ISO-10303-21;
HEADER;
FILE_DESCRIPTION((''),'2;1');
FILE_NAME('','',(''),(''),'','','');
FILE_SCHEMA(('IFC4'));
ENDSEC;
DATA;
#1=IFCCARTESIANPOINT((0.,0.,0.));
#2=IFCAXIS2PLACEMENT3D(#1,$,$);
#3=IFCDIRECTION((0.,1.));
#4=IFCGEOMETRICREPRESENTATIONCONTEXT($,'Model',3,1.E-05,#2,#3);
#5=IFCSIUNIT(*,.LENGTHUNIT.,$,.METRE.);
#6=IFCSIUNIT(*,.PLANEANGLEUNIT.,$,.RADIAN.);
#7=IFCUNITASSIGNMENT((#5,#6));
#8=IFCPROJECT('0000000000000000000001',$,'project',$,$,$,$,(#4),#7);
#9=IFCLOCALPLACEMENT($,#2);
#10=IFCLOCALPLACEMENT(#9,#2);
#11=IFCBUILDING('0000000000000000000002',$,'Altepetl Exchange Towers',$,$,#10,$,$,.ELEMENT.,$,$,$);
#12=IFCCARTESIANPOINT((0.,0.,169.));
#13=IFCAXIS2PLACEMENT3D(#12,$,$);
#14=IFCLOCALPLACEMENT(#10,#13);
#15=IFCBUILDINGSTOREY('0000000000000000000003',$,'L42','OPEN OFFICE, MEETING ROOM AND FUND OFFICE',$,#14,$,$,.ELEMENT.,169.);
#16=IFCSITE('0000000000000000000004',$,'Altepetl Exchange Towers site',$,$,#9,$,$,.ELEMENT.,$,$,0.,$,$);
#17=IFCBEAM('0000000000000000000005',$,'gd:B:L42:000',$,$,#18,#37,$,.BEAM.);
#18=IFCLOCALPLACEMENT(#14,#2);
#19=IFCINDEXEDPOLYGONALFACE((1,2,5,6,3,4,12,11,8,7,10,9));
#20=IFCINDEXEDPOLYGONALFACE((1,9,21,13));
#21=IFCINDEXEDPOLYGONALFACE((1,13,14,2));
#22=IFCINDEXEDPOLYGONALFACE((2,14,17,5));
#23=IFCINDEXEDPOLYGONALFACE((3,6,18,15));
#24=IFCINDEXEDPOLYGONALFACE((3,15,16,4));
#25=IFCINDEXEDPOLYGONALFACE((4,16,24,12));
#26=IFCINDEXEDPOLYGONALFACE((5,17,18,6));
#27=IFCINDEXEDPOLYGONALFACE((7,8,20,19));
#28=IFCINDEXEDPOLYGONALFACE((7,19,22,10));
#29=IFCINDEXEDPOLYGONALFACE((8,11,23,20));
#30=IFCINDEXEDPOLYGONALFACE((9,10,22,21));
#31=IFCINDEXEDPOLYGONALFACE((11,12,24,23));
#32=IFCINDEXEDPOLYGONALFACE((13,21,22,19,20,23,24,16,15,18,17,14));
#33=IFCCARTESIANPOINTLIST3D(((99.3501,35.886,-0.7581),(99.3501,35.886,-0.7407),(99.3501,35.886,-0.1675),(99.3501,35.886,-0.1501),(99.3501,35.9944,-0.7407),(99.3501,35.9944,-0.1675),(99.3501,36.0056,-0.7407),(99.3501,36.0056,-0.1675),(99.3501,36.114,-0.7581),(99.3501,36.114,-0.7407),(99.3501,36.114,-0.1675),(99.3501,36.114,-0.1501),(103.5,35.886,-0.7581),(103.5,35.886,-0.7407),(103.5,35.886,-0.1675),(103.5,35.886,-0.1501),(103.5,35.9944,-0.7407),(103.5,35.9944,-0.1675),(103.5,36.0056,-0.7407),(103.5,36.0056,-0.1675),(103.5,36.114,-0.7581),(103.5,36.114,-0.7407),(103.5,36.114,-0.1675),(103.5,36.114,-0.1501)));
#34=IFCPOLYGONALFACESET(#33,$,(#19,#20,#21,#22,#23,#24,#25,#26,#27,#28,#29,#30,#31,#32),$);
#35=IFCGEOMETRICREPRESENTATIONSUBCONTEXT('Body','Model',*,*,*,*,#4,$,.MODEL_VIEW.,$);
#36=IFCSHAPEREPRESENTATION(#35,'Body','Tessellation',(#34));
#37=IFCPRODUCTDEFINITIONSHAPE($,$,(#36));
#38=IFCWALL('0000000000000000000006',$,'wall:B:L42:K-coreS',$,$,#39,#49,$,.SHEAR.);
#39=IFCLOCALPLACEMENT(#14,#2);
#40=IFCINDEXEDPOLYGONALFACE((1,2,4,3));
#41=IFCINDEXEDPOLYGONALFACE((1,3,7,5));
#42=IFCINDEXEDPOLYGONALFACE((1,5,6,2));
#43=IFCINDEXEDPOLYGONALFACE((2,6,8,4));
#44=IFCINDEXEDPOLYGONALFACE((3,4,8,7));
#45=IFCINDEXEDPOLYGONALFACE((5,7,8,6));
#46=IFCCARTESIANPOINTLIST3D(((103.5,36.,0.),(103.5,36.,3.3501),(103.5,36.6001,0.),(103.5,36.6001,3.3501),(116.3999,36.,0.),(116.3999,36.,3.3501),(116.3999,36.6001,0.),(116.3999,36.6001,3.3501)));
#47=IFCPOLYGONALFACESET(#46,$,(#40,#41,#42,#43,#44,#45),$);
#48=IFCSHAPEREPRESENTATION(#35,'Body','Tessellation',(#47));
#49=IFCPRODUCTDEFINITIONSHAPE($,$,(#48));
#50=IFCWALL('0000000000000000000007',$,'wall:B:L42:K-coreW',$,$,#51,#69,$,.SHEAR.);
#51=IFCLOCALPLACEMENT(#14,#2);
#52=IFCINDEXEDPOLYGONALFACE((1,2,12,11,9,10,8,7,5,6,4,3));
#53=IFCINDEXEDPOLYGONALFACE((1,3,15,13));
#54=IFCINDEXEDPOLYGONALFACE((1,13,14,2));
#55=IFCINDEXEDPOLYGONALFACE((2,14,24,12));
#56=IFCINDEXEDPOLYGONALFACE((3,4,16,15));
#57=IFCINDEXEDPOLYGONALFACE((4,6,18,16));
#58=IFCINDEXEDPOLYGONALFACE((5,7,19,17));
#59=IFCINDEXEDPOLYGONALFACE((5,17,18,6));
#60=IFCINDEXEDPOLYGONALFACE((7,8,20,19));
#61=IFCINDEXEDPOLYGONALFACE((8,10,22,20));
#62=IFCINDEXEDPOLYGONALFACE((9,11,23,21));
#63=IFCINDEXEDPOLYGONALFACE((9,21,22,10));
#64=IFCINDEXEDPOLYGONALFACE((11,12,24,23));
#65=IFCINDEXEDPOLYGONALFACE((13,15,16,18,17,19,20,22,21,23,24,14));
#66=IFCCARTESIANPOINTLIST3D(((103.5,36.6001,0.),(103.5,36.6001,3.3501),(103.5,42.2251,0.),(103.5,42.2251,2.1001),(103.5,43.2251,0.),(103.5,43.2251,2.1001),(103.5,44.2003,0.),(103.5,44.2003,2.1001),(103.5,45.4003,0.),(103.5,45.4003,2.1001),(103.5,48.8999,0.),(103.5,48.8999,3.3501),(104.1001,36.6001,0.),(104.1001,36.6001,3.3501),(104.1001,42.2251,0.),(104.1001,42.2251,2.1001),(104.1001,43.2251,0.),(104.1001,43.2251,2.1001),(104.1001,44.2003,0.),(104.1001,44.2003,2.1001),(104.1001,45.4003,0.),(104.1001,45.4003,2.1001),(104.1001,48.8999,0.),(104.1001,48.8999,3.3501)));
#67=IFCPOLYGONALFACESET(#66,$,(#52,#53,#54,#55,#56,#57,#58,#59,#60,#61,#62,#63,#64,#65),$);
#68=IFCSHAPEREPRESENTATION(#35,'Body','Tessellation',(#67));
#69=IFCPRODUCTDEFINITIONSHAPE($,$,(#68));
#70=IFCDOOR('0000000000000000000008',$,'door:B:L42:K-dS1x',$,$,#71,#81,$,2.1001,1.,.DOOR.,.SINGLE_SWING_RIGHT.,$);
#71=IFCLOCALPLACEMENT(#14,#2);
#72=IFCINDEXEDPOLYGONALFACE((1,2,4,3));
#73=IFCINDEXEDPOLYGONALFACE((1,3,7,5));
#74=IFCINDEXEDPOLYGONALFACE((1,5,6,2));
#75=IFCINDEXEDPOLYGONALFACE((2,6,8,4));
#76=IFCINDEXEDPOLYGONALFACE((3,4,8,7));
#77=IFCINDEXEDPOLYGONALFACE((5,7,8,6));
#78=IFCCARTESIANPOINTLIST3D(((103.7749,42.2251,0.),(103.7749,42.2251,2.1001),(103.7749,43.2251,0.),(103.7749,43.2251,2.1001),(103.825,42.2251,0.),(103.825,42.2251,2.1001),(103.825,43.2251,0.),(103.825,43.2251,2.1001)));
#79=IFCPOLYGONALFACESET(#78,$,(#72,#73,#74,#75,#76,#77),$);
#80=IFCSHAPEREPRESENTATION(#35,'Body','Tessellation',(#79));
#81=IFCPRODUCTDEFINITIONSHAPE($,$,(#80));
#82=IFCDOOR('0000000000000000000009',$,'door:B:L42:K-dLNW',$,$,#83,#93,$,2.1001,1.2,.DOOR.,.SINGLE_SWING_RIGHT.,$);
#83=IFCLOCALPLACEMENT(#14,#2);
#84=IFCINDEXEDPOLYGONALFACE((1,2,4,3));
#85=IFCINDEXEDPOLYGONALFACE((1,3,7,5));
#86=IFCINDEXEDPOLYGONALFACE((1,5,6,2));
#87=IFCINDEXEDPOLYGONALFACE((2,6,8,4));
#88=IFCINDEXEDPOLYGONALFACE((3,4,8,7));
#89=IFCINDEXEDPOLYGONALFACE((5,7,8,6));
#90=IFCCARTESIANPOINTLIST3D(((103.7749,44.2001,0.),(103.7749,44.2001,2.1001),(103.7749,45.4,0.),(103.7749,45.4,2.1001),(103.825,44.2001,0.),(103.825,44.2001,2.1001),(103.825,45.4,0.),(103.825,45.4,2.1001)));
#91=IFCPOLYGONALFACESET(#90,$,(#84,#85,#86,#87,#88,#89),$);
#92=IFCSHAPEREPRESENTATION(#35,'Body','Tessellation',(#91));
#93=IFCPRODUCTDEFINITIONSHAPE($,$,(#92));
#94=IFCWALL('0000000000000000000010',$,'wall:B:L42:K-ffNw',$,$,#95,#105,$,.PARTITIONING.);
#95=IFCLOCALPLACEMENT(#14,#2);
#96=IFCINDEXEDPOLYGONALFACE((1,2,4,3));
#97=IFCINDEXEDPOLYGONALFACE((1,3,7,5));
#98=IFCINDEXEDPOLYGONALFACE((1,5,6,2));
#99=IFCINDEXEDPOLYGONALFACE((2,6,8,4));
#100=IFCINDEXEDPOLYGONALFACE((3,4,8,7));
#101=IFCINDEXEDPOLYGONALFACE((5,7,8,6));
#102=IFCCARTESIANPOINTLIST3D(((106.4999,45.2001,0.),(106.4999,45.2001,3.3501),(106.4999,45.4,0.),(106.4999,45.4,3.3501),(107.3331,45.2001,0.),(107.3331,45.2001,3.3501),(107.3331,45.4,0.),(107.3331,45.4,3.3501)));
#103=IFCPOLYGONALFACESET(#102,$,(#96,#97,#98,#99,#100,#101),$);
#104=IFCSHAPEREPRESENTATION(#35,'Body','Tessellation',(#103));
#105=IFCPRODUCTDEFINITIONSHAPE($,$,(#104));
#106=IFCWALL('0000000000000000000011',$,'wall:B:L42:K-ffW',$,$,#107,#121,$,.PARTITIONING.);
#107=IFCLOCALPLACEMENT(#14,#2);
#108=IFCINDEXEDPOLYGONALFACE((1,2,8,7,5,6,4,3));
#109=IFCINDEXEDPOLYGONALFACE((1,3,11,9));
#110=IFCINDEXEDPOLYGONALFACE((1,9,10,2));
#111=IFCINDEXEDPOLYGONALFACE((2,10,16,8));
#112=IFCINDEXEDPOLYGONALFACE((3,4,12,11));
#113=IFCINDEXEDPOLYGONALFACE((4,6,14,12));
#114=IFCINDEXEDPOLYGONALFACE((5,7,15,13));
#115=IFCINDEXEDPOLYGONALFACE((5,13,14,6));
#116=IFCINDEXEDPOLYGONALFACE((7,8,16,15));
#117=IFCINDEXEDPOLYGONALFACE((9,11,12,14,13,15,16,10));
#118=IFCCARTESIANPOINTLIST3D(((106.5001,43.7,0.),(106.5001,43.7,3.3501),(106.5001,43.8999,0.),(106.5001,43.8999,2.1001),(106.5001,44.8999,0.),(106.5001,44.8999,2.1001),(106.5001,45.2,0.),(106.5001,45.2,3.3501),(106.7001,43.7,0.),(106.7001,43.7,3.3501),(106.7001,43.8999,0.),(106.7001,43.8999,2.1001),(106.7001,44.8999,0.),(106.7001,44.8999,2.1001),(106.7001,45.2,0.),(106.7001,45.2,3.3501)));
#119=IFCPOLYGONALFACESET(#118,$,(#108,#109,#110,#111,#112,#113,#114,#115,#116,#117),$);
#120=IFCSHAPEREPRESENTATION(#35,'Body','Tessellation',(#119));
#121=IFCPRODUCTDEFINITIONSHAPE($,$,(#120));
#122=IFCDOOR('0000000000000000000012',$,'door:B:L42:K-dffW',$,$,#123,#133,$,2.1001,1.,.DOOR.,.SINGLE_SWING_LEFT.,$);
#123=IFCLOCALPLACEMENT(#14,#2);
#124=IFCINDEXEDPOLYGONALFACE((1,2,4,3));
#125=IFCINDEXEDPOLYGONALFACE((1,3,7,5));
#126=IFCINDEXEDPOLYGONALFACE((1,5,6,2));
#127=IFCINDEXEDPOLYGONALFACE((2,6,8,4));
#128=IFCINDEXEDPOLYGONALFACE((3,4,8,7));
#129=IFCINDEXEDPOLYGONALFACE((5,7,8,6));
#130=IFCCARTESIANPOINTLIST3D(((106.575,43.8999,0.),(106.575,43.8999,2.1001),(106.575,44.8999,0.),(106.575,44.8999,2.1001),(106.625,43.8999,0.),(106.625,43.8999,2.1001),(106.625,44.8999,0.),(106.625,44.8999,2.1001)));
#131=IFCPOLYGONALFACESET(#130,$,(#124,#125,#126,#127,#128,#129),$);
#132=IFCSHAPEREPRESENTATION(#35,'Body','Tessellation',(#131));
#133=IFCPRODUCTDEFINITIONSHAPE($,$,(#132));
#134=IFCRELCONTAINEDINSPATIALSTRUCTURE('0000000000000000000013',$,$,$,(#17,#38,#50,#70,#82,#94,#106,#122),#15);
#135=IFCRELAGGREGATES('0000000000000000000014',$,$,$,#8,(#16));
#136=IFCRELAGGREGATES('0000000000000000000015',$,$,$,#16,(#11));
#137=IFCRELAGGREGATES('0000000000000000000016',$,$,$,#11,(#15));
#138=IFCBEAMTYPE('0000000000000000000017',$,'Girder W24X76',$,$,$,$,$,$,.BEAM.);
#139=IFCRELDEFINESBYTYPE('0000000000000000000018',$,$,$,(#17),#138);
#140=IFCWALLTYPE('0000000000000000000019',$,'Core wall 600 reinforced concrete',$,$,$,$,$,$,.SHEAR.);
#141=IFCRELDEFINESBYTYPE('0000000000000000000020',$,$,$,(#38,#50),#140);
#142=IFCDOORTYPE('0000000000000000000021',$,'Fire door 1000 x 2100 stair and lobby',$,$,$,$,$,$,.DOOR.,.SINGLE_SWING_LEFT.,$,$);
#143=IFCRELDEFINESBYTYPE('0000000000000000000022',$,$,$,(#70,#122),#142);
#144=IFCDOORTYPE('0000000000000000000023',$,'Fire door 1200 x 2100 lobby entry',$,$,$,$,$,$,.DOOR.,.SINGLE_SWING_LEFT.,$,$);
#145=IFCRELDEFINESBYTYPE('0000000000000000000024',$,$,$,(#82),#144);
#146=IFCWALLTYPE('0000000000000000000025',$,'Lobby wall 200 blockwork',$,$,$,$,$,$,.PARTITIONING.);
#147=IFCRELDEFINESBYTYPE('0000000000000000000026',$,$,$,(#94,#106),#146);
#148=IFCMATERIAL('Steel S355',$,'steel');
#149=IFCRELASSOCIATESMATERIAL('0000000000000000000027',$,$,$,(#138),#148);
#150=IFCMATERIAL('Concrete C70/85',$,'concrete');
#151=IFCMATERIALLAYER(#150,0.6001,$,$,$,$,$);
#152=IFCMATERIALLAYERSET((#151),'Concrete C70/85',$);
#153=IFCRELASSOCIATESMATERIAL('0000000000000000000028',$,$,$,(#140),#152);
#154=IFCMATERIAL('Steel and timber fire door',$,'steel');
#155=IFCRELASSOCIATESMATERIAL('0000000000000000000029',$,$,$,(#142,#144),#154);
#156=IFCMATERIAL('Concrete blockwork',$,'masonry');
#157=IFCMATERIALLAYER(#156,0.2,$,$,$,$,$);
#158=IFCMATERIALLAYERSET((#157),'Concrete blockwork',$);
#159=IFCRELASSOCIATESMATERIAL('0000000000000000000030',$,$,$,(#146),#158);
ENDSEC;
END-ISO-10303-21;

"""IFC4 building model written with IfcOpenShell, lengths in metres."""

from ifc_helpers import new_model, si_unit, direction, frame, frame_2d, origin, origin_2d, place, context, subcontext, project, spatial, rectangle, i_section, extrude, material, layer, layer_set, material_profile, profile_set, type_object, element, fill, save


model = new_model("IFC4")

# Units and contexts
model_context = context("Model", 3, precision=1e-05, world=origin(), true_north=direction((0.0, 1.0)))
body_context = subcontext(model_context, "Body", "Model", "MODEL_VIEW")
ifc_project = project(units=[si_unit("LENGTHUNIT", "METRE"), si_unit("PLANEANGLEUNIT", "RADIAN")], contexts=[model_context])

# Site, building, storey
site_placement = place(None, origin())
site = spatial("IfcSite", under=ifc_project, at=site_placement, Name="Altepetl Exchange Towers site", CompositionType="ELEMENT", RefElevation=0.0)
building_placement = place(site_placement, origin())
building = spatial("IfcBuilding", under=site, at=building_placement, Name="Altepetl Exchange Towers", CompositionType="ELEMENT")
storey_placement = place(building_placement, frame((0.0, 0.0, 169.0)))
storey = spatial("IfcBuildingStorey", under=building, at=storey_placement, Name="L42", Description="OPEN OFFICE, MEETING ROOM AND FUND OFFICE", CompositionType="ELEMENT", Elevation=169.0)

# Beam
ifc_material_1 = material(Name="Steel S355", Category="steel")
ifc_material_profile = material_profile(ifc_material_1, i_section(OverallWidth=0.228, OverallDepth=0.6079, WebThickness=0.0112, FlangeThickness=0.0173, at=origin_2d()), Name="W24X76")
ifc_profile_set = profile_set([ifc_material_profile], Name="Steel S355")
beam_type = type_object("IfcBeamType", Name="Girder W24X76", PredefinedType="BEAM", material=ifc_profile_set)
beam_placement = place(storey_placement, frame((103.5, 36.0, -0.4541), z_axis=(-1.0, 0.0, 0.0), x_axis=(0.0, -1.0, 0.0)))
element("IfcBeam", 1, at=beam_placement, inside=storey, type_object=beam_type, Name="gd:B:L42:000", PredefinedType="BEAM", context=body_context, shape_type="SweptSolid", body=[
    extrude(i_section(OverallWidth=0.228, OverallDepth=0.6079, WebThickness=0.0112, FlangeThickness=0.0173, at=origin_2d()), origin(), (0.0, 0.0, 1.0), 4.1499),
])

# Wall
ifc_material_2 = material(Name="Concrete C70/85", Category="concrete")
ifc_layer_1 = layer(ifc_material_2, 0.6001)
ifc_layer_set_1 = layer_set([ifc_layer_1], Name="Concrete C70/85")
wall_type_1 = type_object("IfcWallType", Name="Core wall 600 reinforced concrete", PredefinedType="SHEAR", material=ifc_layer_set_1)
wall_1_placement = place(storey_placement, frame((103.5, 36.3, 0.0)))
element("IfcWall", 2, at=wall_1_placement, inside=storey, type_object=wall_type_1, Name="wall:B:L42:K-coreS", PredefinedType="SHEAR", context=body_context, shape_type="SweptSolid", body=[
    extrude(rectangle(XDim=12.8999, YDim=0.6001, at=frame_2d((6.45, 0.0))), origin(), (0.0, 0.0, 1.0), 3.3501),
])

# Wall, openings, doors
wall_2_placement = place(storey_placement, frame((103.8, 36.6001, 0.0), z_axis=(0.0, 0.0, 1.0), x_axis=(0.0, 1.0, 0.0)))
wall_2 = element("IfcWall", 3, at=wall_2_placement, inside=storey, type_object=wall_type_1, Name="wall:B:L42:K-coreW", PredefinedType="SHEAR", context=body_context, shape_type="SweptSolid", body=[
    extrude(rectangle(XDim=12.2998, YDim=0.6001, at=frame_2d((6.1499, 0.0))), origin(), (0.0, 0.0, 1.0), 3.3501),
])
opening_1_placement = place(wall_2_placement, frame((7.6001, 0.0, 0.0)))
opening_1 = element("IfcOpeningElement", 4, at=opening_1_placement, cuts=wall_2, PredefinedType="OPENING", context=body_context, shape_type="SweptSolid", body=[
    extrude(rectangle(XDim=1.2, YDim=2.1001, at=frame_2d((0.6001, 1.05))), frame((0.0, 0.3101, 0.0), z_axis=(0.0, -1.0, 0.0), x_axis=(1.0, 0.0, 0.0)), (0.0, 0.0, 1.0), 0.6201),
])
opening_2_placement = place(wall_2_placement, frame((5.625, 0.0, 0.0)))
opening_2 = element("IfcOpeningElement", 5, at=opening_2_placement, cuts=wall_2, PredefinedType="OPENING", context=body_context, shape_type="SweptSolid", body=[
    extrude(rectangle(XDim=1.0, YDim=2.1001, at=frame_2d((0.5, 1.05))), frame((0.0, 0.3101, 0.0), z_axis=(0.0, -1.0, 0.0), x_axis=(1.0, 0.0, 0.0)), (0.0, 0.0, 1.0), 0.6201),
])
ifc_material_3 = material(Name="Steel and timber fire door", Category="steel")
door_type_1 = type_object("IfcDoorType", Name="Fire door 1000 x 2100 stair and lobby", OperationType="SINGLE_SWING_LEFT", PredefinedType="DOOR", material=ifc_material_3)
door_1_placement = place(opening_2_placement, frame((1.0, 0.0, 0.0), x_axis=(-1.0, 0.0, 0.0)))
door_1 = element("IfcDoor", 6, at=door_1_placement, inside=storey, type_object=door_type_1, Name="door:B:L42:K-dS1x", OperationType="SINGLE_SWING_RIGHT", OverallHeight=2.1001, OverallWidth=1.0, PredefinedType="DOOR", context=body_context, shape_type="SweptSolid", body=[
    extrude(rectangle(XDim=1.0, YDim=2.1001, at=frame_2d((0.5, 1.05))), frame((0.0, 0.0249, 0.0), z_axis=(0.0, -1.0, 0.0), x_axis=(1.0, 0.0, 0.0)), (0.0, 0.0, 1.0), 0.05),
])
fill(opening_2, door_1)
door_type_2 = type_object("IfcDoorType", Name="Fire door 1200 x 2100 lobby entry", OperationType="SINGLE_SWING_LEFT", PredefinedType="DOOR", material=ifc_material_3)
door_2_placement = place(opening_1_placement, frame((1.2, 0.0, 0.0), x_axis=(-1.0, 0.0, 0.0)))
door_2 = element("IfcDoor", 7, at=door_2_placement, inside=storey, type_object=door_type_2, Name="door:B:L42:K-dLNW", OperationType="SINGLE_SWING_RIGHT", OverallHeight=2.1001, OverallWidth=1.2, PredefinedType="DOOR", context=body_context, shape_type="SweptSolid", body=[
    extrude(rectangle(XDim=1.2, YDim=2.1001, at=frame_2d((0.6001, 1.05))), frame((0.0, 0.0249, 0.0), z_axis=(0.0, -1.0, 0.0), x_axis=(1.0, 0.0, 0.0)), (0.0, 0.0, 1.0), 0.05),
])
fill(opening_1, door_2)

# Wall
ifc_material_4 = material(Name="Concrete blockwork", Category="masonry")
ifc_layer_2 = layer(ifc_material_4, 0.2)
ifc_layer_set_2 = layer_set([ifc_layer_2], Name="Concrete blockwork")
wall_type_2 = type_object("IfcWallType", Name="Lobby wall 200 blockwork", PredefinedType="PARTITIONING", material=ifc_layer_set_2)
wall_3_placement = place(storey_placement, frame((106.5, 45.3, 0.0)))
element("IfcWall", 8, at=wall_3_placement, inside=storey, type_object=wall_type_2, Name="wall:B:L42:K-ffNw", PredefinedType="PARTITIONING", context=body_context, shape_type="SweptSolid", body=[
    extrude(rectangle(XDim=0.8333, YDim=0.2, at=frame_2d((0.4165, 0.0))), origin(), (0.0, 0.0, 1.0), 3.3501),
])

# Wall, opening, door
wall_4_placement = place(storey_placement, frame((106.6001, 43.7, 0.0), z_axis=(0.0, 0.0, 1.0), x_axis=(0.0, 1.0, 0.0)))
wall_4 = element("IfcWall", 9, at=wall_4_placement, inside=storey, type_object=wall_type_2, Name="wall:B:L42:K-ffW", PredefinedType="PARTITIONING", context=body_context, shape_type="SweptSolid", body=[
    extrude(rectangle(XDim=1.5, YDim=0.2, at=frame_2d((0.75, 0.0))), origin(), (0.0, 0.0, 1.0), 3.3501),
])
opening_3_placement = place(wall_4_placement, frame((0.2, 0.0, 0.0)))
opening_3 = element("IfcOpeningElement", 10, at=opening_3_placement, cuts=wall_4, PredefinedType="OPENING", context=body_context, shape_type="SweptSolid", body=[
    extrude(rectangle(XDim=1.0, YDim=2.1001, at=frame_2d((0.5, 1.05))), frame((0.0, 0.1099, 0.0), z_axis=(0.0, -1.0, 0.0), x_axis=(1.0, 0.0, 0.0)), (0.0, 0.0, 1.0), 0.22),
])
door_3_placement = place(opening_3_placement, frame((1.0, 0.0, 0.0), x_axis=(-1.0, 0.0, 0.0)))
door_3 = element("IfcDoor", 11, at=door_3_placement, inside=storey, type_object=door_type_1, Name="door:B:L42:K-dffW", OperationType="SINGLE_SWING_LEFT", OverallHeight=2.1001, OverallWidth=1.0, PredefinedType="DOOR", context=body_context, shape_type="SweptSolid", body=[
    extrude(rectangle(XDim=1.0, YDim=2.1001, at=frame_2d((0.5, 1.05))), frame((0.0, 0.0249, 0.0), z_axis=(0.0, -1.0, 0.0), x_axis=(1.0, 0.0, 0.0)), (0.0, 0.0, 1.0), 0.05),
])
fill(opening_3, door_3)

save(model, "model.ifc")
